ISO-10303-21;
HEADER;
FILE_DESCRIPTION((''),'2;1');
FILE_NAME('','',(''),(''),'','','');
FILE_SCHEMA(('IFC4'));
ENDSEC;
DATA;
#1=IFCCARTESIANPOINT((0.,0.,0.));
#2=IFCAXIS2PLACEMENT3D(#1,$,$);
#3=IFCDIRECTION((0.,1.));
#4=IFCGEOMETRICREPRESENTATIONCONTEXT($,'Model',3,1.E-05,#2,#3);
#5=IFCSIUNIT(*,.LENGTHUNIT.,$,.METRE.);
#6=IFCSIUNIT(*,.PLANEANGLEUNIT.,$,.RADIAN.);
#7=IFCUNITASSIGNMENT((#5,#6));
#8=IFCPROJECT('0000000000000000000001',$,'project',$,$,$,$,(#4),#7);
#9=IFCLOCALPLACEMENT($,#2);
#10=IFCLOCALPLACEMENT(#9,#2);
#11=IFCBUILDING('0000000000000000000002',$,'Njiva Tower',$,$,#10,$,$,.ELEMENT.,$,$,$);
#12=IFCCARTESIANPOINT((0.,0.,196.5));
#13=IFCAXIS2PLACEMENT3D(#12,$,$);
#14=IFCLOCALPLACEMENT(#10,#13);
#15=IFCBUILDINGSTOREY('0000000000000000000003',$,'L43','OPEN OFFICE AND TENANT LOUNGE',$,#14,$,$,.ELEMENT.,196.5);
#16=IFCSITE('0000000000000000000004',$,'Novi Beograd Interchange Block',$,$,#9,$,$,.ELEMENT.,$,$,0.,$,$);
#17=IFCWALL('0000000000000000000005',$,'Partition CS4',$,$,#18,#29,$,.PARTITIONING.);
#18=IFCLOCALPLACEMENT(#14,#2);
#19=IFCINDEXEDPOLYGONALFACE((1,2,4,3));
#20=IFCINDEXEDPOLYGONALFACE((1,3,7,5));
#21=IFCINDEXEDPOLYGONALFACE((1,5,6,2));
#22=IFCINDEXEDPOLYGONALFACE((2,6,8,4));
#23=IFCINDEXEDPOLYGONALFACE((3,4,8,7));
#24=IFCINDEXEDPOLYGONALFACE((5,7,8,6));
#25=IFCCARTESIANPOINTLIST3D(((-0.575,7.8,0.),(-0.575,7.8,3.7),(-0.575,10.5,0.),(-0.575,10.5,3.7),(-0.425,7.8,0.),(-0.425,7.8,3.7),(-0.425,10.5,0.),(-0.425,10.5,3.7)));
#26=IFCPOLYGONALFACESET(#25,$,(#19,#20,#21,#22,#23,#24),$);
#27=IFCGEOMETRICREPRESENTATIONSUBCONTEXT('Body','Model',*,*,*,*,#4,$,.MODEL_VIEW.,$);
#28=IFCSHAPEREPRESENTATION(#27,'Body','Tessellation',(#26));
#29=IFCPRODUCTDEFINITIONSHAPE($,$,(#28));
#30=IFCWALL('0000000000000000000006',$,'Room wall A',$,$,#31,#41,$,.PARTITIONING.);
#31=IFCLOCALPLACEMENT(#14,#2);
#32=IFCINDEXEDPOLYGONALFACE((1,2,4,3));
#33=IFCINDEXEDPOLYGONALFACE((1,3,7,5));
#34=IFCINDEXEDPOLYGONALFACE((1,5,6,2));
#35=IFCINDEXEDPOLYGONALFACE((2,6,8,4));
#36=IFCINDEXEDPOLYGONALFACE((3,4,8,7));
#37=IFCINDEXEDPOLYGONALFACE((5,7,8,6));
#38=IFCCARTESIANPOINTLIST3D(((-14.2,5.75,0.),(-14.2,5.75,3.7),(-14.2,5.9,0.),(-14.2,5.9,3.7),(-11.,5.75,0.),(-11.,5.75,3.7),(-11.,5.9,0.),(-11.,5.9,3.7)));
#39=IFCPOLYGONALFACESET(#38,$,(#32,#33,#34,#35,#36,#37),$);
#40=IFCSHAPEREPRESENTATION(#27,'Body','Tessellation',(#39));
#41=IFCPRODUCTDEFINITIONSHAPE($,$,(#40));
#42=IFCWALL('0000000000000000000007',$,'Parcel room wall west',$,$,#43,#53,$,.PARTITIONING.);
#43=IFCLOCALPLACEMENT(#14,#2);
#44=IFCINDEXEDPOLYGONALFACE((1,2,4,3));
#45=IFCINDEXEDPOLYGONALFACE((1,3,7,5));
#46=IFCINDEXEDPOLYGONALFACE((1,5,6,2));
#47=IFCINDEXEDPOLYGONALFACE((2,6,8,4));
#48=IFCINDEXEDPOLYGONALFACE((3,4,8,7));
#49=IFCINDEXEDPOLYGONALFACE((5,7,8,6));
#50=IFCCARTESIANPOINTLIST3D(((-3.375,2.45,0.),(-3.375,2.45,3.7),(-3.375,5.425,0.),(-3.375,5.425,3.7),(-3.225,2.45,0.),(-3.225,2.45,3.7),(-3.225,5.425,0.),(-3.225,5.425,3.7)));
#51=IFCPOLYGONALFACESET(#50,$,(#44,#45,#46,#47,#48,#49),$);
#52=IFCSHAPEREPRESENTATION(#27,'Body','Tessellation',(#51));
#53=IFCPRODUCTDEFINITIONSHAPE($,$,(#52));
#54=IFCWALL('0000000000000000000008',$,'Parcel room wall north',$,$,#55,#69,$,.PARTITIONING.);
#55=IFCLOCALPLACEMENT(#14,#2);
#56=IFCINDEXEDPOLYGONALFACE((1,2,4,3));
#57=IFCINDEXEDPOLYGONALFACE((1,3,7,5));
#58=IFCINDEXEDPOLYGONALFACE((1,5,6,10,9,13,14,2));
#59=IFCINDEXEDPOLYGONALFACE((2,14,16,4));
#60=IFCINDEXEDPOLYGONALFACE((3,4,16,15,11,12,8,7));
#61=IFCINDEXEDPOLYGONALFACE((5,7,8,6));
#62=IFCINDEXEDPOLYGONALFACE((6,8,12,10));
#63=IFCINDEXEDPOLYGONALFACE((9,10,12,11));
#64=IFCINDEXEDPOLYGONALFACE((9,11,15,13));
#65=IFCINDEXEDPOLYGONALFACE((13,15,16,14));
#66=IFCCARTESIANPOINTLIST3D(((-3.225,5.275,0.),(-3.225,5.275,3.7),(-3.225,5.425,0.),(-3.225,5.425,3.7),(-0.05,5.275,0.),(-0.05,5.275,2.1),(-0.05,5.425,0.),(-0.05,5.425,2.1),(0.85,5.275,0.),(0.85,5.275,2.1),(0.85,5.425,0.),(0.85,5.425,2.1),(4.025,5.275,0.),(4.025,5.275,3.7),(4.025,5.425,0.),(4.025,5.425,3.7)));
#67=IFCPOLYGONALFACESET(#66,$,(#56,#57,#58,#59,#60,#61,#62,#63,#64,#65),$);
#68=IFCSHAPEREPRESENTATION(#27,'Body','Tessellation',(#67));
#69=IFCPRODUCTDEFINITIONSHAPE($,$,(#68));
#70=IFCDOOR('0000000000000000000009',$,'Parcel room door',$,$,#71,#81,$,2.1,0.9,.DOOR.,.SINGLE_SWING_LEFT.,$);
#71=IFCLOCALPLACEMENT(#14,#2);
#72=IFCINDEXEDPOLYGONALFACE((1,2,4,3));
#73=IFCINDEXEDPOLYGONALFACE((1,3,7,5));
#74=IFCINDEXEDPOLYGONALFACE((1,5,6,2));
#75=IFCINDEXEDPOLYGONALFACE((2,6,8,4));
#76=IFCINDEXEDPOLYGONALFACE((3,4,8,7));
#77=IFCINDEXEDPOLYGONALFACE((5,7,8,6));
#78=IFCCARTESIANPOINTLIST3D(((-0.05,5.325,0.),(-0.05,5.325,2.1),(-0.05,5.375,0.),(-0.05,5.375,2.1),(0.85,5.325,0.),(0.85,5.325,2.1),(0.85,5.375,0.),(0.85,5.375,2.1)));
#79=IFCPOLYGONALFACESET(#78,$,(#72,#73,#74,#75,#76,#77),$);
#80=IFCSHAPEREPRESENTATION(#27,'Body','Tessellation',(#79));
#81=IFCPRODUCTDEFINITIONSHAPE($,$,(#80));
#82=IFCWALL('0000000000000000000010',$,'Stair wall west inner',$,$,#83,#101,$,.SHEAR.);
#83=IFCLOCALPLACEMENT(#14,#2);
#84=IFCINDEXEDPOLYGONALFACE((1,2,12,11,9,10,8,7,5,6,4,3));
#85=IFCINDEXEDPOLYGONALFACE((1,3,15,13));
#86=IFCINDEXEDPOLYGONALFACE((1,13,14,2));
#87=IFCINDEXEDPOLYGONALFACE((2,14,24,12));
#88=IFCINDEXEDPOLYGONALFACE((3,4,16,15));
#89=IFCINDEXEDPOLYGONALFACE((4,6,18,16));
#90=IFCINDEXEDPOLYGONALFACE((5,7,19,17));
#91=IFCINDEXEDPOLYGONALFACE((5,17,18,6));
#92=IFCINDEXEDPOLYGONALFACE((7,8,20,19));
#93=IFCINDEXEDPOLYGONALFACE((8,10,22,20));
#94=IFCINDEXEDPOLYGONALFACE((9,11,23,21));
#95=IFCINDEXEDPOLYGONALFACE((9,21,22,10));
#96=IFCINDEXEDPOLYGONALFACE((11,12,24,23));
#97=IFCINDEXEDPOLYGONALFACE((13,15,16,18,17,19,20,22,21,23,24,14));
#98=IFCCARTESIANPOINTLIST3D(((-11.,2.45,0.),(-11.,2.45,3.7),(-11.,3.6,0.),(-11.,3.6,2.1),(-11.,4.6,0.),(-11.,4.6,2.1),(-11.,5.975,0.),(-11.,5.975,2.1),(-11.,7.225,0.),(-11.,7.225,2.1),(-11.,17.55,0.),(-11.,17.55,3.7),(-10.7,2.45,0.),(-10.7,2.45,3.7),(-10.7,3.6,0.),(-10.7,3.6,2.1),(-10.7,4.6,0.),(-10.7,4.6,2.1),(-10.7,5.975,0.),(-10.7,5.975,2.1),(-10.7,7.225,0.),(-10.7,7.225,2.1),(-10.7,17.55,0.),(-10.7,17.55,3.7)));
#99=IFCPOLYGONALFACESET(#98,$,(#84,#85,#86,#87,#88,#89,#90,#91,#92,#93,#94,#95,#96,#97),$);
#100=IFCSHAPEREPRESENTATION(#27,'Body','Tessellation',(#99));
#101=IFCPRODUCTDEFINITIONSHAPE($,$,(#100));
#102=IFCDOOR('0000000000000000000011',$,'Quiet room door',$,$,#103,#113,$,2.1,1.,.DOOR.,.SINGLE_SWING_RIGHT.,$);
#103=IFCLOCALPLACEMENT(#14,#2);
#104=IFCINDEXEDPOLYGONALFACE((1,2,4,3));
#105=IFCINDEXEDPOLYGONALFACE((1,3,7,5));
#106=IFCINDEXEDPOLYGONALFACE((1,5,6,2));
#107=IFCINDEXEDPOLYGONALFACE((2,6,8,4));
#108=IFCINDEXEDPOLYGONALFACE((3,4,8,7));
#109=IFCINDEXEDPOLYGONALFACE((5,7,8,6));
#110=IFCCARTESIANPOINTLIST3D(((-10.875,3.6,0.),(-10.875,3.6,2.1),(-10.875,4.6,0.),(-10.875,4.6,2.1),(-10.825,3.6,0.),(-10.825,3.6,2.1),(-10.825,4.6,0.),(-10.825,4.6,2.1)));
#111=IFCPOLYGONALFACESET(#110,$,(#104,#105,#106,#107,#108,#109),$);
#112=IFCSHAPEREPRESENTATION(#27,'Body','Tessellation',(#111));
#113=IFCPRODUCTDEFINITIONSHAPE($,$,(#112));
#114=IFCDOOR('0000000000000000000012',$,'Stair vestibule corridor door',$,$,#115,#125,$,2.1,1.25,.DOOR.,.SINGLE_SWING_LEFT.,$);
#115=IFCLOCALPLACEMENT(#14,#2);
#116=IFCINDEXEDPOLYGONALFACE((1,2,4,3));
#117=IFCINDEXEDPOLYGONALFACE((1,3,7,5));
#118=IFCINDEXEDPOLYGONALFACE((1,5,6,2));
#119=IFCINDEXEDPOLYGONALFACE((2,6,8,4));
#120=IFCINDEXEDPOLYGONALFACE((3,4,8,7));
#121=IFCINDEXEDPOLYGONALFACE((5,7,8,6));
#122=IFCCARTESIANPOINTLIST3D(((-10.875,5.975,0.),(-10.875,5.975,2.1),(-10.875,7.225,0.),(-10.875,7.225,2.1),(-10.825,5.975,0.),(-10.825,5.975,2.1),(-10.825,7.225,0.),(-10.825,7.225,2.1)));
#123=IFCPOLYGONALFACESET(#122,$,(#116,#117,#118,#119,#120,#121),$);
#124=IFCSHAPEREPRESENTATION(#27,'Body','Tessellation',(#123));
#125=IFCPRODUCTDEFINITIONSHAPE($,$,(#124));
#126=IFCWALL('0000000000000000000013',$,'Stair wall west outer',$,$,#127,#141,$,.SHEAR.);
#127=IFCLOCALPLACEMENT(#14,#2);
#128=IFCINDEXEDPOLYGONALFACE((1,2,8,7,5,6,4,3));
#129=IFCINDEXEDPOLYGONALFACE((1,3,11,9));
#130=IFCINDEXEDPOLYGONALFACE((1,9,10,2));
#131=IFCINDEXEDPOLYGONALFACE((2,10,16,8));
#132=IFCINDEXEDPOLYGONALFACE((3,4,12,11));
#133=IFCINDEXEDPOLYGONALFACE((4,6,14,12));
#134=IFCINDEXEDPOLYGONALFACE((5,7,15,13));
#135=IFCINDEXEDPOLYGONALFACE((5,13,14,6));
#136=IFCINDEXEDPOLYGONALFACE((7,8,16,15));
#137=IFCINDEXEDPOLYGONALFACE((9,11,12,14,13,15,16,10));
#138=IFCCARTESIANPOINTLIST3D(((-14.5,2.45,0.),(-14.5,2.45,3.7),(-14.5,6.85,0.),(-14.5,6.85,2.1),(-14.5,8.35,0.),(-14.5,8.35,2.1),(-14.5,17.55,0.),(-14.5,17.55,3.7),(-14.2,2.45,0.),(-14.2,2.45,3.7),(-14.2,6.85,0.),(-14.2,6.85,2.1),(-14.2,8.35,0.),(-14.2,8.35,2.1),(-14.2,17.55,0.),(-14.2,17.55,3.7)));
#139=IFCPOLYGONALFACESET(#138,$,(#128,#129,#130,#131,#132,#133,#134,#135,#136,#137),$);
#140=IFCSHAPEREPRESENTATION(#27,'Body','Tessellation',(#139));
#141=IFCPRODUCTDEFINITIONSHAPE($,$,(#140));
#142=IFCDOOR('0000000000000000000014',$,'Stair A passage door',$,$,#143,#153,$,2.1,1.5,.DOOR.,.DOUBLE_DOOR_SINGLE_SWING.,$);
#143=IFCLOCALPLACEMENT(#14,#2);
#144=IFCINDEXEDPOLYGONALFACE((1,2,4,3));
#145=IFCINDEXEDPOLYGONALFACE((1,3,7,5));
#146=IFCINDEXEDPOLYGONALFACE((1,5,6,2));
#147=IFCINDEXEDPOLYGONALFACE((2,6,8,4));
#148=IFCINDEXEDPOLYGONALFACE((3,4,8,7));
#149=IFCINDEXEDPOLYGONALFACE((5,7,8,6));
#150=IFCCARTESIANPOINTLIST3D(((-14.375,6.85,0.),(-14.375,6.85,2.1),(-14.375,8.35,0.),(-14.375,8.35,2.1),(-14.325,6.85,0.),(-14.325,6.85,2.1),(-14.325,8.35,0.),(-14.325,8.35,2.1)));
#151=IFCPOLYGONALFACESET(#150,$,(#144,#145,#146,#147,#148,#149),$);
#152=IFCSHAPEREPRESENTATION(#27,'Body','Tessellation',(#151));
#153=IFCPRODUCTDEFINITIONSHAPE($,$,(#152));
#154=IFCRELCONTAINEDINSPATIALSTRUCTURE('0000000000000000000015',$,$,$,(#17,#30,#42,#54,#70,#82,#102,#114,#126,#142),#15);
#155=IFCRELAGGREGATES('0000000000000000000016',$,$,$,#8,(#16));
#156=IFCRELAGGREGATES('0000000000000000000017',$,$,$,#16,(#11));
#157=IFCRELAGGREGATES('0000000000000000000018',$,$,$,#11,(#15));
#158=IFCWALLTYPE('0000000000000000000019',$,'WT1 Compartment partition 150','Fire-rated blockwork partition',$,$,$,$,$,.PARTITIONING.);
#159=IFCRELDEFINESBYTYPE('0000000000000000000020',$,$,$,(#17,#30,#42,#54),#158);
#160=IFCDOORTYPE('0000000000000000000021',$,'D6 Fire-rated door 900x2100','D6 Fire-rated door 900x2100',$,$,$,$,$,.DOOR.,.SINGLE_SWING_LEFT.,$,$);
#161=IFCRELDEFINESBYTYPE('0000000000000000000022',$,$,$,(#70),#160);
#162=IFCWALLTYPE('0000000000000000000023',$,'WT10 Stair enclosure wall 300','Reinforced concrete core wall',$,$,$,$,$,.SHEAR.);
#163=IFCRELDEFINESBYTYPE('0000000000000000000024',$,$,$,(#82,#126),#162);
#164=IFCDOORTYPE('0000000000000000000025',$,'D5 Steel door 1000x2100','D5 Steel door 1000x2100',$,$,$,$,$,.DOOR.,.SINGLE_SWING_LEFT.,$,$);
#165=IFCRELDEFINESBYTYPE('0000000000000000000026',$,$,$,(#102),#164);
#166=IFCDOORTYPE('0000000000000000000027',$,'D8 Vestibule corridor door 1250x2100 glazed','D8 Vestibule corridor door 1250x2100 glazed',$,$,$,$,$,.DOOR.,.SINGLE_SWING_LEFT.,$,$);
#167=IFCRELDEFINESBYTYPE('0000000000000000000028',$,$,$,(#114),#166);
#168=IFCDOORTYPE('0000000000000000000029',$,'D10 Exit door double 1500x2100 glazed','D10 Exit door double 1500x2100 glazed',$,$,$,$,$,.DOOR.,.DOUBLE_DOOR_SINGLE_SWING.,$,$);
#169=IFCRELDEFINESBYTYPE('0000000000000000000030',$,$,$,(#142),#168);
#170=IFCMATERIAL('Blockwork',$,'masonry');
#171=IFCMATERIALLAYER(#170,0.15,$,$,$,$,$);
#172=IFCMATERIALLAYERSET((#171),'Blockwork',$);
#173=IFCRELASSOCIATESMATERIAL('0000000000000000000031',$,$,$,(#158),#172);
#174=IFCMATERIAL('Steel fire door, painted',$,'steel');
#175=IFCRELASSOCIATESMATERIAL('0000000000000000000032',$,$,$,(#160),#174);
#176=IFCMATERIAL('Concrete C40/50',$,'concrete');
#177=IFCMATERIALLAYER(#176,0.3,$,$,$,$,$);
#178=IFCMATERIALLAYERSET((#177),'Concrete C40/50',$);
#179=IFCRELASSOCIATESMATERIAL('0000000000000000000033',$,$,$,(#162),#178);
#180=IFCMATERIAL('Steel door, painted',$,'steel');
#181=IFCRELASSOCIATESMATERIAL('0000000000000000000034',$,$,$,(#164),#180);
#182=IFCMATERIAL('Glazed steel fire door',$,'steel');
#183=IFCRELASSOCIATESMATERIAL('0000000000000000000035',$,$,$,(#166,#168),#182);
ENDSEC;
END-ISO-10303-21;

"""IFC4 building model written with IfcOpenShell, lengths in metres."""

from ifc_helpers import new_model, si_unit, direction, frame, frame_2d, origin, place, context, subcontext, project, spatial, rectangle, extrude, material, layer, layer_set, type_object, element, fill, save


model = new_model("IFC4")

# Units and contexts
model_context = context("Model", 3, precision=1e-05, world=origin(), true_north=direction((0.0, 1.0)))
body_context = subcontext(model_context, "Body", "Model", "MODEL_VIEW")
ifc_project = project(units=[si_unit("LENGTHUNIT", "METRE"), si_unit("PLANEANGLEUNIT", "RADIAN")], contexts=[model_context])

# Site, building, storey
site_placement = place(None, origin())
site = spatial("IfcSite", under=ifc_project, at=site_placement, Name="Novi Beograd Interchange Block", CompositionType="ELEMENT", RefElevation=0.0)
building_placement = place(site_placement, origin())
building = spatial("IfcBuilding", under=site, at=building_placement, Name="Njiva Tower", CompositionType="ELEMENT")
storey_placement = place(building_placement, frame((0.0, 0.0, 196.5)))
storey = spatial("IfcBuildingStorey", under=building, at=storey_placement, Name="L43", Description="OPEN OFFICE AND TENANT LOUNGE", CompositionType="ELEMENT", Elevation=196.5)

# Walls
ifc_material_1 = material(Name="Blockwork", Category="masonry")
ifc_layer_1 = layer(ifc_material_1, 0.15)
ifc_layer_set_1 = layer_set([ifc_layer_1], Name="Blockwork")
wall_type_1 = type_object("IfcWallType", Name="WT1 Compartment partition 150", Description="Fire-rated blockwork partition", PredefinedType="PARTITIONING", material=ifc_layer_set_1)
wall_1_placement = place(storey_placement, frame((-0.5, 7.8, 0.0), z_axis=(0.0, 0.0, 1.0), x_axis=(0.0, 1.0, 0.0)))
element("IfcWall", 1, at=wall_1_placement, inside=storey, type_object=wall_type_1, Name="Partition CS4", PredefinedType="PARTITIONING", context=body_context, shape_type="SweptSolid", body=[
    extrude(rectangle(XDim=2.7, YDim=0.15, at=frame_2d((1.35, 0.0))), origin(), (0.0, 0.0, 1.0), 3.7),
])
wall_2_placement = place(storey_placement, frame((-14.2, 5.825, 0.0), z_axis=(0.0, 0.0, 1.0), x_axis=(1.0, 0.0, 0.0)))
element("IfcWall", 2, at=wall_2_placement, inside=storey, type_object=wall_type_1, Name="Room wall A", PredefinedType="PARTITIONING", context=body_context, shape_type="SweptSolid", body=[
    extrude(rectangle(XDim=3.2, YDim=0.15, at=frame_2d((1.6, 0.0))), origin(), (0.0, 0.0, 1.0), 3.7),
])
wall_3_placement = place(storey_placement, frame((-3.3, 2.45, 0.0), z_axis=(0.0, 0.0, 1.0), x_axis=(0.0, 1.0, 0.0)))
element("IfcWall", 3, at=wall_3_placement, inside=storey, type_object=wall_type_1, Name="Parcel room wall west", PredefinedType="PARTITIONING", context=body_context, shape_type="SweptSolid", body=[
    extrude(rectangle(XDim=2.975, YDim=0.15, at=frame_2d((1.4875, 0.0))), origin(), (0.0, 0.0, 1.0), 3.7),
])

# Wall, opening, door
wall_4_placement = place(storey_placement, frame((-3.225, 5.35, 0.0), z_axis=(0.0, 0.0, 1.0), x_axis=(1.0, 0.0, 0.0)))
wall_4 = element("IfcWall", 4, at=wall_4_placement, inside=storey, type_object=wall_type_1, Name="Parcel room wall north", PredefinedType="PARTITIONING", context=body_context, shape_type="SweptSolid", body=[
    extrude(rectangle(XDim=7.25, YDim=0.15, at=frame_2d((3.625, 0.0))), origin(), (0.0, 0.0, 1.0), 3.7),
])
opening_1_placement = place(wall_4_placement, frame((3.175, 0.0, 0.0)))
opening_1 = element("IfcOpeningElement", 5, at=opening_1_placement, cuts=wall_4, PredefinedType="OPENING", context=body_context, shape_type="SweptSolid", body=[
    extrude(rectangle(XDim=0.9, YDim=2.1, at=frame_2d((0.45, 1.05))), frame((0.0, 0.085, 0.0), z_axis=(0.0, -1.0, 0.0), x_axis=(1.0, 0.0, 0.0)), (0.0, 0.0, 1.0), 0.17),
])
ifc_material_2 = material(Name="Steel fire door, painted", Category="steel")
door_type_1 = type_object("IfcDoorType", Name="D6 Fire-rated door 900x2100", Description="D6 Fire-rated door 900x2100", OperationType="SINGLE_SWING_LEFT", PredefinedType="DOOR", material=ifc_material_2)
door_1_placement = place(opening_1_placement, origin())
door_1 = element("IfcDoor", 6, at=door_1_placement, inside=storey, type_object=door_type_1, Name="Parcel room door", OperationType="SINGLE_SWING_LEFT", OverallHeight=2.1, OverallWidth=0.9, PredefinedType="DOOR", context=body_context, shape_type="SweptSolid", body=[
    extrude(rectangle(XDim=0.9, YDim=2.1, at=frame_2d((0.45, 1.05))), frame((0.0, 0.025, 0.0), z_axis=(0.0, -1.0, 0.0), x_axis=(1.0, 0.0, 0.0)), (0.0, 0.0, 1.0), 0.05),
])
fill(opening_1, door_1)

# Wall, openings, doors
ifc_material_3 = material(Name="Concrete C40/50", Category="concrete")
ifc_layer_2 = layer(ifc_material_3, 0.3)
ifc_layer_set_2 = layer_set([ifc_layer_2], Name="Concrete C40/50")
wall_type_2 = type_object("IfcWallType", Name="WT10 Stair enclosure wall 300", Description="Reinforced concrete core wall", PredefinedType="SHEAR", material=ifc_layer_set_2)
wall_5_placement = place(storey_placement, frame((-10.85, 2.45, 0.0), z_axis=(0.0, 0.0, 1.0), x_axis=(0.0, 1.0, 0.0)))
wall_5 = element("IfcWall", 7, at=wall_5_placement, inside=storey, type_object=wall_type_2, Name="Stair wall west inner", PredefinedType="SHEAR", context=body_context, shape_type="SweptSolid", body=[
    extrude(rectangle(XDim=15.1, YDim=0.3, at=frame_2d((7.55, 0.0))), origin(), (0.0, 0.0, 1.0), 3.7),
])
opening_2_placement = place(wall_5_placement, frame((3.525, 0.0, 0.0)))
opening_2 = element("IfcOpeningElement", 8, at=opening_2_placement, cuts=wall_5, PredefinedType="OPENING", context=body_context, shape_type="SweptSolid", body=[
    extrude(rectangle(XDim=1.25, YDim=2.1, at=frame_2d((0.625, 1.05))), frame((0.0, 0.16, 0.0), z_axis=(0.0, -1.0, 0.0), x_axis=(1.0, 0.0, 0.0)), (0.0, 0.0, 1.0), 0.32),
])
opening_3_placement = place(wall_5_placement, frame((1.15, 0.0, 0.0)))
opening_3 = element("IfcOpeningElement", 9, at=opening_3_placement, cuts=wall_5, PredefinedType="OPENING", context=body_context, shape_type="SweptSolid", body=[
    extrude(rectangle(XDim=1.0, YDim=2.1, at=frame_2d((0.5, 1.05))), frame((0.0, 0.16, 0.0), z_axis=(0.0, -1.0, 0.0), x_axis=(1.0, 0.0, 0.0)), (0.0, 0.0, 1.0), 0.32),
])
ifc_material_4 = material(Name="Steel door, painted", Category="steel")
door_type_2 = type_object("IfcDoorType", Name="D5 Steel door 1000x2100", Description="D5 Steel door 1000x2100", OperationType="SINGLE_SWING_LEFT", PredefinedType="DOOR", material=ifc_material_4)
door_2_placement = place(opening_3_placement, origin())
door_2 = element("IfcDoor", 10, at=door_2_placement, inside=storey, type_object=door_type_2, Name="Quiet room door", OperationType="SINGLE_SWING_RIGHT", OverallHeight=2.1, OverallWidth=1.0, PredefinedType="DOOR", context=body_context, shape_type="SweptSolid", body=[
    extrude(rectangle(XDim=1.0, YDim=2.1, at=frame_2d((0.5, 1.05))), frame((0.0, 0.025, 0.0), z_axis=(0.0, -1.0, 0.0), x_axis=(1.0, 0.0, 0.0)), (0.0, 0.0, 1.0), 0.05),
])
fill(opening_3, door_2)
ifc_material_5 = material(Name="Glazed steel fire door", Category="steel")
door_type_3 = type_object("IfcDoorType", Name="D8 Vestibule corridor door 1250x2100 glazed", Description="D8 Vestibule corridor door 1250x2100 glazed", OperationType="SINGLE_SWING_LEFT", PredefinedType="DOOR", material=ifc_material_5)
door_3_placement = place(opening_2_placement, origin())
door_3 = element("IfcDoor", 11, at=door_3_placement, inside=storey, type_object=door_type_3, Name="Stair vestibule corridor door", OperationType="SINGLE_SWING_LEFT", OverallHeight=2.1, OverallWidth=1.25, PredefinedType="DOOR", context=body_context, shape_type="SweptSolid", body=[
    extrude(rectangle(XDim=1.25, YDim=2.1, at=frame_2d((0.625, 1.05))), frame((0.0, 0.025, 0.0), z_axis=(0.0, -1.0, 0.0), x_axis=(1.0, 0.0, 0.0)), (0.0, 0.0, 1.0), 0.05),
])
fill(opening_2, door_3)

# Wall, opening, door
wall_6_placement = place(storey_placement, frame((-14.35, 2.45, 0.0), z_axis=(0.0, 0.0, 1.0), x_axis=(0.0, 1.0, 0.0)))
wall_6 = element("IfcWall", 12, at=wall_6_placement, inside=storey, type_object=wall_type_2, Name="Stair wall west outer", PredefinedType="SHEAR", context=body_context, shape_type="SweptSolid", body=[
    extrude(rectangle(XDim=15.1, YDim=0.3, at=frame_2d((7.55, 0.0))), origin(), (0.0, 0.0, 1.0), 3.7),
])
opening_4_placement = place(wall_6_placement, frame((4.4, 0.0, 0.0)))
opening_4 = element("IfcOpeningElement", 13, at=opening_4_placement, cuts=wall_6, PredefinedType="OPENING", context=body_context, shape_type="SweptSolid", body=[
    extrude(rectangle(XDim=1.5, YDim=2.1, at=frame_2d((0.75, 1.05))), frame((0.0, 0.16, 0.0), z_axis=(0.0, -1.0, 0.0), x_axis=(1.0, 0.0, 0.0)), (0.0, 0.0, 1.0), 0.32),
])
door_type_4 = type_object("IfcDoorType", Name="D10 Exit door double 1500x2100 glazed", Description="D10 Exit door double 1500x2100 glazed", OperationType="DOUBLE_DOOR_SINGLE_SWING", PredefinedType="DOOR", material=ifc_material_5)
door_4_placement = place(opening_4_placement, origin())
door_4 = element("IfcDoor", 14, at=door_4_placement, inside=storey, type_object=door_type_4, Name="Stair A passage door", OperationType="DOUBLE_DOOR_SINGLE_SWING", OverallHeight=2.1, OverallWidth=1.5, PredefinedType="DOOR", context=body_context, shape_type="SweptSolid", body=[
    extrude(rectangle(XDim=1.5, YDim=2.1, at=frame_2d((0.75, 1.05))), frame((0.0, 0.025, 0.0), z_axis=(0.0, -1.0, 0.0), x_axis=(1.0, 0.0, 0.0)), (0.0, 0.0, 1.0), 0.05),
])
fill(opening_4, door_4)

save(model, "model.ifc")
